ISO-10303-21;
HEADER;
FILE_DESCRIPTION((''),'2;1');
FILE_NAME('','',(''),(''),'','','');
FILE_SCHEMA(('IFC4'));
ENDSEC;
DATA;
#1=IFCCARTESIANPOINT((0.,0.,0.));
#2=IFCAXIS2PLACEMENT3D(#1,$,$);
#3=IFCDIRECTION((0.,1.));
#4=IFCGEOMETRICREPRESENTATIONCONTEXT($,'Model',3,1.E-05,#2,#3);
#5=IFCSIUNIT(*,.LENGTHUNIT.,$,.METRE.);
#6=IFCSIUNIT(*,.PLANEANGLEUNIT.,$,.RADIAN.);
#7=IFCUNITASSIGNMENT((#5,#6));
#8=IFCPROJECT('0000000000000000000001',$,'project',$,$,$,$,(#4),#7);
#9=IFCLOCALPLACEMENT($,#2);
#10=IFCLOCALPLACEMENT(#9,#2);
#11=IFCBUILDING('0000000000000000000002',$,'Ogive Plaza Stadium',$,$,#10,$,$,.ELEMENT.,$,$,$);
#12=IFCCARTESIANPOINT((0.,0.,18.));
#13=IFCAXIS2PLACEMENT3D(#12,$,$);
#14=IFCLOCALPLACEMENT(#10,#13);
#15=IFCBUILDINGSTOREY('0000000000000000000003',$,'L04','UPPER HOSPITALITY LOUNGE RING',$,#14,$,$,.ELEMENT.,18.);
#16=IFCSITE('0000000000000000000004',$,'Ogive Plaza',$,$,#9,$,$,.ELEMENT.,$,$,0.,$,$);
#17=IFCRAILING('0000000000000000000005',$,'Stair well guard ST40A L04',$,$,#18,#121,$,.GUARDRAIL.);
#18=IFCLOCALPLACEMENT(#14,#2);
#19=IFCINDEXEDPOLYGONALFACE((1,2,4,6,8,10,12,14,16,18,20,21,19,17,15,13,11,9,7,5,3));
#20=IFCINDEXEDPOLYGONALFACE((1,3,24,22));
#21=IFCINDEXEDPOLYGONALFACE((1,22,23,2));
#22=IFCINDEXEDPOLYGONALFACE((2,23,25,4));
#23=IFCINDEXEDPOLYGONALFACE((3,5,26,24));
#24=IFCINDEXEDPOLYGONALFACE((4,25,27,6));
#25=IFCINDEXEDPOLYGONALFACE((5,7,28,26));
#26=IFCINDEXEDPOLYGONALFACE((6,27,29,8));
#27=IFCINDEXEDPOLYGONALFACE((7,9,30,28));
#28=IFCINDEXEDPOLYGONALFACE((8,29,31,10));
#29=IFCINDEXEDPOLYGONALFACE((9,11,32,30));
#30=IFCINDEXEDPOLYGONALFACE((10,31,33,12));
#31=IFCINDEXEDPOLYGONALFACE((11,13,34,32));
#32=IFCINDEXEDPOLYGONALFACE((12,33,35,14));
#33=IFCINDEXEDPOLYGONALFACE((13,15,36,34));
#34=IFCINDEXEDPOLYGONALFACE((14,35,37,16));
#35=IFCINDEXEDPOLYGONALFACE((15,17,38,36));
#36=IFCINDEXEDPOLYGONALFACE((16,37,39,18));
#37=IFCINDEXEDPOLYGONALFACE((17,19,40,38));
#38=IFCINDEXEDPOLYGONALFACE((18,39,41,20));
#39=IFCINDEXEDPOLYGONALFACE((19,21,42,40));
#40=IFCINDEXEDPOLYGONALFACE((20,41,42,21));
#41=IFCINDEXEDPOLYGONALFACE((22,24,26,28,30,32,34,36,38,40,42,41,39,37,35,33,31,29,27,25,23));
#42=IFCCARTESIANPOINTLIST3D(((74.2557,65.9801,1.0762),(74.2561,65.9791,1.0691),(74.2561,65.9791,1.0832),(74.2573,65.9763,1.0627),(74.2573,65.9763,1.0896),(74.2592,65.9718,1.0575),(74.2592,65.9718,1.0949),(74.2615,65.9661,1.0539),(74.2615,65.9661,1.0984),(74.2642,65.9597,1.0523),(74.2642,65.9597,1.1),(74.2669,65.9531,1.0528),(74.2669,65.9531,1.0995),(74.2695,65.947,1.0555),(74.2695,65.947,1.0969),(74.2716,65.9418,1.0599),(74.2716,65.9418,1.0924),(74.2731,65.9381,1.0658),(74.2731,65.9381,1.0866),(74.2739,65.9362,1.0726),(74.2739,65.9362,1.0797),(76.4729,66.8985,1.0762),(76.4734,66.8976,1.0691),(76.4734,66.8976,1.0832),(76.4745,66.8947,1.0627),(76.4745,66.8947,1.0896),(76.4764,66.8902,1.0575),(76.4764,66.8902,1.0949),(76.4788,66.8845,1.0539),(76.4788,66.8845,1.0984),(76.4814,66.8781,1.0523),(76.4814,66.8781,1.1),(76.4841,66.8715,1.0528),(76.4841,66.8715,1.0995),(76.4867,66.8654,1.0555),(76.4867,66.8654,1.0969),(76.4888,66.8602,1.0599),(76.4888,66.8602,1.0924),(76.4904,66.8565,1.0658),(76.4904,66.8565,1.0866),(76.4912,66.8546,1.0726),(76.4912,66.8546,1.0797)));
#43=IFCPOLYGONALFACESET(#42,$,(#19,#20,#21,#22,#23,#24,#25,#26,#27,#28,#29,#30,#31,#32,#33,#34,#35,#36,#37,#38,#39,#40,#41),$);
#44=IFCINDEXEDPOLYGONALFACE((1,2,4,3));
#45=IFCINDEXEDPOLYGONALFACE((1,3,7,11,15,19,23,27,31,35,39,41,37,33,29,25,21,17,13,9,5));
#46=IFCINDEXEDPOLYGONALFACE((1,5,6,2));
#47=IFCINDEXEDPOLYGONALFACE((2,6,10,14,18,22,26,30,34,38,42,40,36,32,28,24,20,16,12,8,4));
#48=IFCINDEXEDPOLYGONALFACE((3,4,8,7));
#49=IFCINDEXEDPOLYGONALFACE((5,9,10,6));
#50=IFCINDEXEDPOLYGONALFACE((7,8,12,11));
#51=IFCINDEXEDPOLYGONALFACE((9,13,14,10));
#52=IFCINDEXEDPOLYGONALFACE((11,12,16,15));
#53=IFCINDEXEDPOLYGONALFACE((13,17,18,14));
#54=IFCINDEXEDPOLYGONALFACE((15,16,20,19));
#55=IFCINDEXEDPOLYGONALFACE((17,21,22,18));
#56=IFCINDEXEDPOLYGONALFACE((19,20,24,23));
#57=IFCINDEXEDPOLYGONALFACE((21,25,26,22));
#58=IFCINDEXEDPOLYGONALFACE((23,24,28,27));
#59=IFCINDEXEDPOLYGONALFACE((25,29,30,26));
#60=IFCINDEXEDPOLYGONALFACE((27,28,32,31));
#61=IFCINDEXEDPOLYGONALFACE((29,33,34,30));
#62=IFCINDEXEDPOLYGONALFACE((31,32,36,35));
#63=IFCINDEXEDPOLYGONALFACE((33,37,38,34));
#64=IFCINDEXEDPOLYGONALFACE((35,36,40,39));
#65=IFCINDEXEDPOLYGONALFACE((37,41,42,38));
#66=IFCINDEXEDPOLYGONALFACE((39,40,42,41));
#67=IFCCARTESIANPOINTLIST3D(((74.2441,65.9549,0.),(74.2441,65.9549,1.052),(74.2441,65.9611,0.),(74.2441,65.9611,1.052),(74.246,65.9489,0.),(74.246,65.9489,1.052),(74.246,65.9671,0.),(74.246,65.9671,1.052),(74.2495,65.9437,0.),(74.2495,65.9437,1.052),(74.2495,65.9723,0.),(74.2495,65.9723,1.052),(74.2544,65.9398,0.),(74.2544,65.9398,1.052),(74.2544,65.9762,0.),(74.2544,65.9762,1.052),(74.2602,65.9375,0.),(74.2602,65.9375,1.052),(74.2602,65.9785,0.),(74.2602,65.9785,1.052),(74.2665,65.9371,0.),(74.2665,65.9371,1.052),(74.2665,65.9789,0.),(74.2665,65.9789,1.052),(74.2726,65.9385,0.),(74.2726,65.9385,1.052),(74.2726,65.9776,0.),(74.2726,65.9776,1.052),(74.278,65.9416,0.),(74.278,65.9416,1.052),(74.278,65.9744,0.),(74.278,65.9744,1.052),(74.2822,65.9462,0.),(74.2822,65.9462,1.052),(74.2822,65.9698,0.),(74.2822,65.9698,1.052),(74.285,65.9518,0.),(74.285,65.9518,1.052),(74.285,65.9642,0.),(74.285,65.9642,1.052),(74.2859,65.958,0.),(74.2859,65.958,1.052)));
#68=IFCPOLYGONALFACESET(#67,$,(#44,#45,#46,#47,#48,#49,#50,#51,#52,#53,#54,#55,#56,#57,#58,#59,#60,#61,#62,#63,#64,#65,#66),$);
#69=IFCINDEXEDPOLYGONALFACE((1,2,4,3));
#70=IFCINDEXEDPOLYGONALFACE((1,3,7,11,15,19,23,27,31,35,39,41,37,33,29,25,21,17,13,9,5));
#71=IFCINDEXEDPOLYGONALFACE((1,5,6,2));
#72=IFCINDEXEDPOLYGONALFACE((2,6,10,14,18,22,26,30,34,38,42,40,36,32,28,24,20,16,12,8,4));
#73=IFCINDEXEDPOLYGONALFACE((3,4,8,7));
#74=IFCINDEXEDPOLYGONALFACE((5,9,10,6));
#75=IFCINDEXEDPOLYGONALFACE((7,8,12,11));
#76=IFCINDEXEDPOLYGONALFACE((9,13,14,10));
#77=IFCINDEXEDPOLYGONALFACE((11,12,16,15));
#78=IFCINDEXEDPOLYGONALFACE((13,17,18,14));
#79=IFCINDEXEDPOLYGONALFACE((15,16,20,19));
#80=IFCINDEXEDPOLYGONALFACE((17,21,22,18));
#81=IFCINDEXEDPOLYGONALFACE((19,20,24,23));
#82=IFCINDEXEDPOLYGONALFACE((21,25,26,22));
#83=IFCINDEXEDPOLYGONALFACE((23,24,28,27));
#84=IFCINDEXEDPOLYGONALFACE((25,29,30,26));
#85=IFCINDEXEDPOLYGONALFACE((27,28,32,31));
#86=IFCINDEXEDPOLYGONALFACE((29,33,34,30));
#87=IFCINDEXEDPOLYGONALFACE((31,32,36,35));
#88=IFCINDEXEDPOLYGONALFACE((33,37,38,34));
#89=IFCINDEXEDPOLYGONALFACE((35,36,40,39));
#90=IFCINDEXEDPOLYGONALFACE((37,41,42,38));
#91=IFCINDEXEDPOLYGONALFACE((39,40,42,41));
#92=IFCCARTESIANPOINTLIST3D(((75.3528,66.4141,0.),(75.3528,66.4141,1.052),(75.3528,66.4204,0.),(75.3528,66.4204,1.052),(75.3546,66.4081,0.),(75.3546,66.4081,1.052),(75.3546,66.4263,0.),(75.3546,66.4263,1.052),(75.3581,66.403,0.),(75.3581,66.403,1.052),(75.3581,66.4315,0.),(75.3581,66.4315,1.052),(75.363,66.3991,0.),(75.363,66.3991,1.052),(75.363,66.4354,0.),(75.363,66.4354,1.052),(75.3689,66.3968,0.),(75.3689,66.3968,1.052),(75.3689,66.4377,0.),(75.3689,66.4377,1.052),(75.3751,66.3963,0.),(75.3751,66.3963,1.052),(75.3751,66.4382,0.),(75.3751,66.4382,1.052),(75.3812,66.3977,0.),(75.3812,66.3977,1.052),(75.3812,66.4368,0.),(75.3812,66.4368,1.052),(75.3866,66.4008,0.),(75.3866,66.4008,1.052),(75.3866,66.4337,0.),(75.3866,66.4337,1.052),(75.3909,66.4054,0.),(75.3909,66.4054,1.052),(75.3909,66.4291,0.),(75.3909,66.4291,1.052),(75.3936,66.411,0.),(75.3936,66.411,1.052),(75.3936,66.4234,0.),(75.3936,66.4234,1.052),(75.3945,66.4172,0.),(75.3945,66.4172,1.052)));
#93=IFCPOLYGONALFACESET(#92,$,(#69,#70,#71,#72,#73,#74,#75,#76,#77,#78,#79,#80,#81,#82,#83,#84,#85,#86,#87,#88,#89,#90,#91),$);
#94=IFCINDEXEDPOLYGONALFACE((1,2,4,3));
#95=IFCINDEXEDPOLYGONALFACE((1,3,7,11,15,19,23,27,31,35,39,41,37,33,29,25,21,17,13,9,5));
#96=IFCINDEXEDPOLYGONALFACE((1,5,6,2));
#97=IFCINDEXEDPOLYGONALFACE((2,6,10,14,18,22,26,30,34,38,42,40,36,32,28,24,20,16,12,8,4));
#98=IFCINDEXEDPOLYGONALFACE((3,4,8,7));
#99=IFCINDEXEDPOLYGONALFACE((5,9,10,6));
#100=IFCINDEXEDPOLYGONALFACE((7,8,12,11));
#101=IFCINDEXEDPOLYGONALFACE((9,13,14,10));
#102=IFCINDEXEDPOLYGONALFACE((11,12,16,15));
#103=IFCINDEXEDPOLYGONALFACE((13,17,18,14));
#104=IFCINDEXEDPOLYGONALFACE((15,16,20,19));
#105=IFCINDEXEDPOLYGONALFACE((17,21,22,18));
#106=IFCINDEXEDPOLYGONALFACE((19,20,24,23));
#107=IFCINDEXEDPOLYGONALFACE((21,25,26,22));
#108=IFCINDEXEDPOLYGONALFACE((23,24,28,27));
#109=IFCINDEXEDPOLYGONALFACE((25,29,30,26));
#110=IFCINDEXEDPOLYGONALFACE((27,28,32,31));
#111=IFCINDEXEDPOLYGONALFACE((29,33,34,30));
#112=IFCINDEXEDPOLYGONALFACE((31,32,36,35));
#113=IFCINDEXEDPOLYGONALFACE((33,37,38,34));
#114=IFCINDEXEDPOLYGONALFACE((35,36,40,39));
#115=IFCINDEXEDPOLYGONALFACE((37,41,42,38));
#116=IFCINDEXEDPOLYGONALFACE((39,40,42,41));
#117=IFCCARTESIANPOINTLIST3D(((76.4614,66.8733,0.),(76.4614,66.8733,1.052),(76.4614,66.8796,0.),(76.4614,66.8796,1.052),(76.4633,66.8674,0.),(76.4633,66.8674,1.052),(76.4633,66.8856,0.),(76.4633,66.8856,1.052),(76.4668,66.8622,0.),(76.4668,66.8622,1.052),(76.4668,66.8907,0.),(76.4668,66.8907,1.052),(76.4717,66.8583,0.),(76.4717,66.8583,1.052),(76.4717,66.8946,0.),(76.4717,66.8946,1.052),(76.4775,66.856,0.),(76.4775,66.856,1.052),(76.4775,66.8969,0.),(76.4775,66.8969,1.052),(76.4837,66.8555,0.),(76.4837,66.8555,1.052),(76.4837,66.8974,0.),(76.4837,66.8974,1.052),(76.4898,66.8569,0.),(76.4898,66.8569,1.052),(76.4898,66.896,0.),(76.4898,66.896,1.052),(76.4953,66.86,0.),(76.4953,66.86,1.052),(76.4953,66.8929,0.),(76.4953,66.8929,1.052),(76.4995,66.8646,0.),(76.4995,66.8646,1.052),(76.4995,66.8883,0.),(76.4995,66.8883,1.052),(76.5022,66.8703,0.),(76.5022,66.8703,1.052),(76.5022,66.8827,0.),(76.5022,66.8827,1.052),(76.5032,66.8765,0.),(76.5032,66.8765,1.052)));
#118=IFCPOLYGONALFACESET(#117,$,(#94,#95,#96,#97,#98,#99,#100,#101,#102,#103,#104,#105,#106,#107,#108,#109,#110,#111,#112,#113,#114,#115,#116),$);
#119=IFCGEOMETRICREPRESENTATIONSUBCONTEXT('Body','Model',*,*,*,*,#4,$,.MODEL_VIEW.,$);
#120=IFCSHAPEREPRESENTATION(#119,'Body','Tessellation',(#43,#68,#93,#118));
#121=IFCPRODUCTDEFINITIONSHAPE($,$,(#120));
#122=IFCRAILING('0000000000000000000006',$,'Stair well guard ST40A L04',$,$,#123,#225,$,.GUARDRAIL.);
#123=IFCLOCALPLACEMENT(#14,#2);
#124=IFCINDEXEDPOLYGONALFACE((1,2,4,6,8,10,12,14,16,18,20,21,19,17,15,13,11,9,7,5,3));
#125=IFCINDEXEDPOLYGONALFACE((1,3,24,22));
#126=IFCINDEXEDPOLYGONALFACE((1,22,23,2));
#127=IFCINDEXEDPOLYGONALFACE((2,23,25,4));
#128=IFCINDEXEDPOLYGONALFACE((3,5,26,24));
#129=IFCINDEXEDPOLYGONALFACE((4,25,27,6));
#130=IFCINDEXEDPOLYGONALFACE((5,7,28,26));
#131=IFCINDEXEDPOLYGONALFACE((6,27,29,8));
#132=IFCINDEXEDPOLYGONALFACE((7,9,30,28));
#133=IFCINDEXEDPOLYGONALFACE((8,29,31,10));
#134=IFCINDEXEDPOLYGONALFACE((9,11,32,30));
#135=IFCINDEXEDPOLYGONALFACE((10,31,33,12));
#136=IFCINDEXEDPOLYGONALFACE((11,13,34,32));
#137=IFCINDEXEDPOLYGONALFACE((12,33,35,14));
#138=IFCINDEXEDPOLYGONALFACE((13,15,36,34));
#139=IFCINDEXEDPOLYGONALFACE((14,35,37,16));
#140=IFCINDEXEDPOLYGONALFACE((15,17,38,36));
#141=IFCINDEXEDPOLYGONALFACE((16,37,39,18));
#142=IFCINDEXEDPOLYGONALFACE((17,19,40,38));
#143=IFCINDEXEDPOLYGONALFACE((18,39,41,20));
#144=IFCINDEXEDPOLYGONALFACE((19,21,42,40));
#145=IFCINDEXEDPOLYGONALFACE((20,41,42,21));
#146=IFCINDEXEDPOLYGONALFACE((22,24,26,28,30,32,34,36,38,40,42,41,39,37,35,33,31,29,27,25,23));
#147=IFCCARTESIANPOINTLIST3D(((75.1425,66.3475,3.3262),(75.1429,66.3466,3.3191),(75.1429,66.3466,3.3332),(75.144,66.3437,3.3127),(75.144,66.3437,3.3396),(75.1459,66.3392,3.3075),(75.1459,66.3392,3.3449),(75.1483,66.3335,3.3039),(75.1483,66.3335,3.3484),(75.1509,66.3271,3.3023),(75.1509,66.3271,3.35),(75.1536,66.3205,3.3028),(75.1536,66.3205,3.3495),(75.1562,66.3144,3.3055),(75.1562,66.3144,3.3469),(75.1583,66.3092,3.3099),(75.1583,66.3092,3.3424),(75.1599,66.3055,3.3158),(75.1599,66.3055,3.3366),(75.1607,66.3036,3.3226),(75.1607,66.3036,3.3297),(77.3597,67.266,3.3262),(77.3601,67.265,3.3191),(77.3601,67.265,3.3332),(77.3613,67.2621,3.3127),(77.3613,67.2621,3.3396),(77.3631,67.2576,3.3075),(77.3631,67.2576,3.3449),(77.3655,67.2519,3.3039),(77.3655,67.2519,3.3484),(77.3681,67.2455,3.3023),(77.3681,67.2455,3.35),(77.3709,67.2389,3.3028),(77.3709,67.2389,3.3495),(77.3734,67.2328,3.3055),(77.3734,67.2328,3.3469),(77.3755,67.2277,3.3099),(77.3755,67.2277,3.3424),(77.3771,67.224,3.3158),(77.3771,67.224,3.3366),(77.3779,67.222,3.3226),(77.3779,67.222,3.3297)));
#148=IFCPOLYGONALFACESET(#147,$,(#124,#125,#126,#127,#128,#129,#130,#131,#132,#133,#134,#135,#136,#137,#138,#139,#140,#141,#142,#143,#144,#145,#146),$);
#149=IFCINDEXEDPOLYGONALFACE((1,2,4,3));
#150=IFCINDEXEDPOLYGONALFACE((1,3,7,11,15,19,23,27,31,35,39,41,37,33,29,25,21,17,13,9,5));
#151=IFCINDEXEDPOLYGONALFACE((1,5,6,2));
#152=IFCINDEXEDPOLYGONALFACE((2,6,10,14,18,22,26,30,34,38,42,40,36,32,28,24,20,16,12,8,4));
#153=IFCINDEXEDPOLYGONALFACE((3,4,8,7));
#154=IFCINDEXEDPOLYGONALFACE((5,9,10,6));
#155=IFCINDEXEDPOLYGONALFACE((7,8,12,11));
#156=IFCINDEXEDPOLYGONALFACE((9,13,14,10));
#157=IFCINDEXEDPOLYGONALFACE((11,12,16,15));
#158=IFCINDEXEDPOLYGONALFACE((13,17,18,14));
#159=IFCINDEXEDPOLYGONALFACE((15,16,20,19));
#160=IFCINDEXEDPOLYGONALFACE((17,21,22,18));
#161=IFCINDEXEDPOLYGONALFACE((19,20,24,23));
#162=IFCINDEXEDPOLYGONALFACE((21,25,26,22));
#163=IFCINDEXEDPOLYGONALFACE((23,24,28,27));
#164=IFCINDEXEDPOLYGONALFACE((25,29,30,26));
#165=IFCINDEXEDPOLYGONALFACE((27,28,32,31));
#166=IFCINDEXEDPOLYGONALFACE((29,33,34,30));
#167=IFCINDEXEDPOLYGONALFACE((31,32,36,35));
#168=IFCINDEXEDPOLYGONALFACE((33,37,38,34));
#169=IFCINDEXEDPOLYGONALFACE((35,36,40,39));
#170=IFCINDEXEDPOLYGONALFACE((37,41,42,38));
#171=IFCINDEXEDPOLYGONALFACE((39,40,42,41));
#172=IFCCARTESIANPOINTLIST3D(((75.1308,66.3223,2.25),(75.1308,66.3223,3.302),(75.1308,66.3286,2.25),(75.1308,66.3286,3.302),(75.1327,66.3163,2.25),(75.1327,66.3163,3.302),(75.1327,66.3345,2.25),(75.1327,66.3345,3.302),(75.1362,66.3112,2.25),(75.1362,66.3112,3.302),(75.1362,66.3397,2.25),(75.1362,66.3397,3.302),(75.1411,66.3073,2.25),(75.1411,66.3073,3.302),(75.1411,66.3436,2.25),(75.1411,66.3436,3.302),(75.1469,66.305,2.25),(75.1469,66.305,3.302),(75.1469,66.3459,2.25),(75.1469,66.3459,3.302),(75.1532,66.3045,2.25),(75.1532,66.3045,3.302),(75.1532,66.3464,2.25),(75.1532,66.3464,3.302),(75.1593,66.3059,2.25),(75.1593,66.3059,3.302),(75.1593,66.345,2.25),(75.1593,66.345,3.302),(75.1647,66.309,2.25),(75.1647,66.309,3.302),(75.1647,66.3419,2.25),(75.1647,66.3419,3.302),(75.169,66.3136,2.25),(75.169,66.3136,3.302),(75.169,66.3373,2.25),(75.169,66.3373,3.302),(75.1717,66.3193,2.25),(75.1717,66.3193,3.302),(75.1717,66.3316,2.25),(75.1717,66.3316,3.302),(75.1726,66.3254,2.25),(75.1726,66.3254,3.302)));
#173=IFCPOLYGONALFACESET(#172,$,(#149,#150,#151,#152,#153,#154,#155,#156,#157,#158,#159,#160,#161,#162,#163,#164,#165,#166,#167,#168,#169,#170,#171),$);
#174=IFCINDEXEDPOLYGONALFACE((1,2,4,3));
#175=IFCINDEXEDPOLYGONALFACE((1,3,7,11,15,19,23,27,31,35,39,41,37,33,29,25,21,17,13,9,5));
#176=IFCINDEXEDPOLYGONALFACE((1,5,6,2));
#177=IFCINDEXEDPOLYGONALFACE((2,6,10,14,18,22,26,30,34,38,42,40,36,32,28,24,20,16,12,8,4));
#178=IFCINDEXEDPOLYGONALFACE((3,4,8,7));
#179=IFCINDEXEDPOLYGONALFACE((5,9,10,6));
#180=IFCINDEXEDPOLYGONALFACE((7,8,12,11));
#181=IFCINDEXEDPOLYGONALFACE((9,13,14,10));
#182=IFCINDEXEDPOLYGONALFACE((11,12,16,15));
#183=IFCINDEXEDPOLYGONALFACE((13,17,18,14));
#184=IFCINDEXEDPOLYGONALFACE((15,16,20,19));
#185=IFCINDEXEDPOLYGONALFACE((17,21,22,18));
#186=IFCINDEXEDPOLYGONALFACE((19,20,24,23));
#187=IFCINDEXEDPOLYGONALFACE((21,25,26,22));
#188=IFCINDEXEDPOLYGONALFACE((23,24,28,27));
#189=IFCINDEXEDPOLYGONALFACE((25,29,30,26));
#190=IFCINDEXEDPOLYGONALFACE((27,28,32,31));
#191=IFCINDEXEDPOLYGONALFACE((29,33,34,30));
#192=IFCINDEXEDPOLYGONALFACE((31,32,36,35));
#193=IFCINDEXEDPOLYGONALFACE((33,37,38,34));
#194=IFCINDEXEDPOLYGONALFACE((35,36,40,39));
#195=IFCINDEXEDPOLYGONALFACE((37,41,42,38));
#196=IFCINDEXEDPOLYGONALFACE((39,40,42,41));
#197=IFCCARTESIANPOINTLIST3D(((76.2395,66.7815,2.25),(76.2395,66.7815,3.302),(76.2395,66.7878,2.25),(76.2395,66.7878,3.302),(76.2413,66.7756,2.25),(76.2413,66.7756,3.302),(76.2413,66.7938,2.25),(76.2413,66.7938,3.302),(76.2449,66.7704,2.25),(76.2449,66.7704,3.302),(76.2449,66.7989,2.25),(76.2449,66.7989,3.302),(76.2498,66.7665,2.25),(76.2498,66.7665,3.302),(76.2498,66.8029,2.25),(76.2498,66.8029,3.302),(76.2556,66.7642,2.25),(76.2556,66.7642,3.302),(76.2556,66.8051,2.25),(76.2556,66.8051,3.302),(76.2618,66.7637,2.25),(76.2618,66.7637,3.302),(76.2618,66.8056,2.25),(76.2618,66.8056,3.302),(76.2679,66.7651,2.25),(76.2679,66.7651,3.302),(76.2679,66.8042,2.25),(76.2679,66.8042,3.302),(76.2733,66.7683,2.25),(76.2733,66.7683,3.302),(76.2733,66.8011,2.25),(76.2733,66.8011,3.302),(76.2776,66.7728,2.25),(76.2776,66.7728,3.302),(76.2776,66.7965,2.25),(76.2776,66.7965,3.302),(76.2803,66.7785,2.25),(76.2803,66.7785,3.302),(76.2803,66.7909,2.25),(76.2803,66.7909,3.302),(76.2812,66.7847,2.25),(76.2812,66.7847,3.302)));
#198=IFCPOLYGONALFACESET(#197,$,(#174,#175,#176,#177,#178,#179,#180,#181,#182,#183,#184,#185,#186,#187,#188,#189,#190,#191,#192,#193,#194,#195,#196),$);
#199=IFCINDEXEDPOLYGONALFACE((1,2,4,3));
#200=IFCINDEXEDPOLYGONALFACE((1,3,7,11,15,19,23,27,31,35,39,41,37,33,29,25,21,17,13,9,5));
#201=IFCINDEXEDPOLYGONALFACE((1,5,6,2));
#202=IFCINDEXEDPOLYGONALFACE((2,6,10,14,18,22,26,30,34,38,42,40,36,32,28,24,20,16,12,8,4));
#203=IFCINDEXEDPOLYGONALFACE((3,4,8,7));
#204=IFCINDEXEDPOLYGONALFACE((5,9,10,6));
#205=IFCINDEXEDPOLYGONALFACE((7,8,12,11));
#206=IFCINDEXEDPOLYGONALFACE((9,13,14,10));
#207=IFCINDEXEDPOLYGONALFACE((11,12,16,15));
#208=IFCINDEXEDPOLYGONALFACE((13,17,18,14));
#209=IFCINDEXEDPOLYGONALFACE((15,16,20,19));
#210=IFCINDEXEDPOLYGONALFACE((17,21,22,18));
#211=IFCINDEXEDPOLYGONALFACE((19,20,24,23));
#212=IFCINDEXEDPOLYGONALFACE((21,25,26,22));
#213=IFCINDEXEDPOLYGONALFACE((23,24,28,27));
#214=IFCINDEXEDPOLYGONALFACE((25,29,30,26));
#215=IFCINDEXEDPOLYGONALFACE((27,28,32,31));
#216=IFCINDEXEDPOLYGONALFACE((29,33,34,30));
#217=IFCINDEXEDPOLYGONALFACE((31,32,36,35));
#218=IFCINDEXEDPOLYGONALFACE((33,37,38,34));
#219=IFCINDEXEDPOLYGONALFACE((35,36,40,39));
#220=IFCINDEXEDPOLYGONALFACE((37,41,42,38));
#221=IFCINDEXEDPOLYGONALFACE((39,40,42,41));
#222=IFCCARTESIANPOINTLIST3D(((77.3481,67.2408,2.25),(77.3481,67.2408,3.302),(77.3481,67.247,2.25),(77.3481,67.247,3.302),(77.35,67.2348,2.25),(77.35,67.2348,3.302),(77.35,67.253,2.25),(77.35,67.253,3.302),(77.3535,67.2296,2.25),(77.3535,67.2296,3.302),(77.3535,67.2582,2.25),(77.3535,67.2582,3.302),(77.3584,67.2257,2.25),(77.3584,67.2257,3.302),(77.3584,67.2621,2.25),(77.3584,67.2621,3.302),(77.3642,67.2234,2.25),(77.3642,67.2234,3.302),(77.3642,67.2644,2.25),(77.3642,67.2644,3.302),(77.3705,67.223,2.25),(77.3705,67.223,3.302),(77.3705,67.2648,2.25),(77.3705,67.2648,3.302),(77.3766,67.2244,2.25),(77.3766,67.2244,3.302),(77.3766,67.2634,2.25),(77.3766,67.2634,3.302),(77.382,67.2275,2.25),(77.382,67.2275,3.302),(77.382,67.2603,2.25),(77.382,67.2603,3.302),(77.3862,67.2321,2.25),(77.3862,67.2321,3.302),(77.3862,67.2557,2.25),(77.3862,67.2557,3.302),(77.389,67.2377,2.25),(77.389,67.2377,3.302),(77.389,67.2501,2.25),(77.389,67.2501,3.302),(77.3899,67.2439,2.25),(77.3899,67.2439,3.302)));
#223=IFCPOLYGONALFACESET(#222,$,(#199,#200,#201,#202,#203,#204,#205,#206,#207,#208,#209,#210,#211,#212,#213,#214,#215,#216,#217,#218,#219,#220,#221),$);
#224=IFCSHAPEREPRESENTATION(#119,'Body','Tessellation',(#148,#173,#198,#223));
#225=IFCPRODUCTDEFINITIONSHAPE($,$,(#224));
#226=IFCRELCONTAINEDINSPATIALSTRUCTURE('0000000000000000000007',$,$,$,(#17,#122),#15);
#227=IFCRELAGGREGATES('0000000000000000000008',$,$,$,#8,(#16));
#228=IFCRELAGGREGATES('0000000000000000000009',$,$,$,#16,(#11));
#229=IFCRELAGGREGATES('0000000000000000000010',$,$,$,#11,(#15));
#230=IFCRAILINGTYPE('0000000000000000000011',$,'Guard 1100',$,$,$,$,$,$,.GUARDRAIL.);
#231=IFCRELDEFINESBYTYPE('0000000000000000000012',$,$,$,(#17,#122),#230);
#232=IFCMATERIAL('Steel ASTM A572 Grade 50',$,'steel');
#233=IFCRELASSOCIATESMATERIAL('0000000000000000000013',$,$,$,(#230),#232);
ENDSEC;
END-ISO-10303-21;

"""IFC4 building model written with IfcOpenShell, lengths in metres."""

from ifc_helpers import new_model, si_unit, direction, frame, origin, origin_2d, place, context, subcontext, project, spatial, circle, extrude, material, type_object, element, save


model = new_model("IFC4")

# Units and contexts
model_context = context("Model", 3, precision=1e-05, world=origin(), true_north=direction((0.0, 1.0)))
body_context = subcontext(model_context, "Body", "Model", "MODEL_VIEW")
ifc_project = project(units=[si_unit("LENGTHUNIT", "METRE"), si_unit("PLANEANGLEUNIT", "RADIAN")], contexts=[model_context])

# Site, building, storey
site_placement = place(None, origin())
site = spatial("IfcSite", under=ifc_project, at=site_placement, Name="Ogive Plaza", CompositionType="ELEMENT", RefElevation=0.0)
building_placement = place(site_placement, origin())
building = spatial("IfcBuilding", under=site, at=building_placement, Name="Ogive Plaza Stadium", CompositionType="ELEMENT")
storey_placement = place(building_placement, frame((0.0, 0.0, 18.0)))
storey = spatial("IfcBuildingStorey", under=building, at=storey_placement, Name="L04", Description="UPPER HOSPITALITY LOUNGE RING", CompositionType="ELEMENT", Elevation=18.0)

# Railings
ifc_material_1 = material(Name="Steel ASTM A572 Grade 50", Category="steel")
railing_type_1 = type_object("IfcRailingType", Name="Guard 1100", PredefinedType="GUARDRAIL", material=ifc_material_1)
for number, where, name in (
    (1, (74.2649, 65.958, 0.0), "Stair well guard ST40A L04"),
    (2, (75.1516, 66.3254, 2.25), "Stair well guard ST40A L04"),
):
    element("IfcRailing", number, at=place(storey_placement, frame(where)), inside=storey, type_object=railing_type_1, Name=name, PredefinedType="GUARDRAIL", context=body_context, shape_type="SweptSolid", body=[
        extrude(circle(Radius=0.0239, at=origin_2d()), frame((0.0, 0.0, 1.0762), z_axis=(0.923875, 0.382693, 0.0), x_axis=(-0.382693, 0.923875, 0.0)), (0.0, 0.0, 1.0), 2.3999),
        extrude(circle(Radius=0.021, at=origin_2d()), origin(), (0.0, 0.0, 1.0), 1.052),
        extrude(circle(Radius=0.021, at=origin_2d()), frame((1.1086, 0.4592, 0.0)), (0.0, 0.0, 1.0), 1.052),
        extrude(circle(Radius=0.021, at=origin_2d()), frame((2.2173, 0.9185, 0.0)), (0.0, 0.0, 1.0), 1.052),
    ])

save(model, "model.ifc")
